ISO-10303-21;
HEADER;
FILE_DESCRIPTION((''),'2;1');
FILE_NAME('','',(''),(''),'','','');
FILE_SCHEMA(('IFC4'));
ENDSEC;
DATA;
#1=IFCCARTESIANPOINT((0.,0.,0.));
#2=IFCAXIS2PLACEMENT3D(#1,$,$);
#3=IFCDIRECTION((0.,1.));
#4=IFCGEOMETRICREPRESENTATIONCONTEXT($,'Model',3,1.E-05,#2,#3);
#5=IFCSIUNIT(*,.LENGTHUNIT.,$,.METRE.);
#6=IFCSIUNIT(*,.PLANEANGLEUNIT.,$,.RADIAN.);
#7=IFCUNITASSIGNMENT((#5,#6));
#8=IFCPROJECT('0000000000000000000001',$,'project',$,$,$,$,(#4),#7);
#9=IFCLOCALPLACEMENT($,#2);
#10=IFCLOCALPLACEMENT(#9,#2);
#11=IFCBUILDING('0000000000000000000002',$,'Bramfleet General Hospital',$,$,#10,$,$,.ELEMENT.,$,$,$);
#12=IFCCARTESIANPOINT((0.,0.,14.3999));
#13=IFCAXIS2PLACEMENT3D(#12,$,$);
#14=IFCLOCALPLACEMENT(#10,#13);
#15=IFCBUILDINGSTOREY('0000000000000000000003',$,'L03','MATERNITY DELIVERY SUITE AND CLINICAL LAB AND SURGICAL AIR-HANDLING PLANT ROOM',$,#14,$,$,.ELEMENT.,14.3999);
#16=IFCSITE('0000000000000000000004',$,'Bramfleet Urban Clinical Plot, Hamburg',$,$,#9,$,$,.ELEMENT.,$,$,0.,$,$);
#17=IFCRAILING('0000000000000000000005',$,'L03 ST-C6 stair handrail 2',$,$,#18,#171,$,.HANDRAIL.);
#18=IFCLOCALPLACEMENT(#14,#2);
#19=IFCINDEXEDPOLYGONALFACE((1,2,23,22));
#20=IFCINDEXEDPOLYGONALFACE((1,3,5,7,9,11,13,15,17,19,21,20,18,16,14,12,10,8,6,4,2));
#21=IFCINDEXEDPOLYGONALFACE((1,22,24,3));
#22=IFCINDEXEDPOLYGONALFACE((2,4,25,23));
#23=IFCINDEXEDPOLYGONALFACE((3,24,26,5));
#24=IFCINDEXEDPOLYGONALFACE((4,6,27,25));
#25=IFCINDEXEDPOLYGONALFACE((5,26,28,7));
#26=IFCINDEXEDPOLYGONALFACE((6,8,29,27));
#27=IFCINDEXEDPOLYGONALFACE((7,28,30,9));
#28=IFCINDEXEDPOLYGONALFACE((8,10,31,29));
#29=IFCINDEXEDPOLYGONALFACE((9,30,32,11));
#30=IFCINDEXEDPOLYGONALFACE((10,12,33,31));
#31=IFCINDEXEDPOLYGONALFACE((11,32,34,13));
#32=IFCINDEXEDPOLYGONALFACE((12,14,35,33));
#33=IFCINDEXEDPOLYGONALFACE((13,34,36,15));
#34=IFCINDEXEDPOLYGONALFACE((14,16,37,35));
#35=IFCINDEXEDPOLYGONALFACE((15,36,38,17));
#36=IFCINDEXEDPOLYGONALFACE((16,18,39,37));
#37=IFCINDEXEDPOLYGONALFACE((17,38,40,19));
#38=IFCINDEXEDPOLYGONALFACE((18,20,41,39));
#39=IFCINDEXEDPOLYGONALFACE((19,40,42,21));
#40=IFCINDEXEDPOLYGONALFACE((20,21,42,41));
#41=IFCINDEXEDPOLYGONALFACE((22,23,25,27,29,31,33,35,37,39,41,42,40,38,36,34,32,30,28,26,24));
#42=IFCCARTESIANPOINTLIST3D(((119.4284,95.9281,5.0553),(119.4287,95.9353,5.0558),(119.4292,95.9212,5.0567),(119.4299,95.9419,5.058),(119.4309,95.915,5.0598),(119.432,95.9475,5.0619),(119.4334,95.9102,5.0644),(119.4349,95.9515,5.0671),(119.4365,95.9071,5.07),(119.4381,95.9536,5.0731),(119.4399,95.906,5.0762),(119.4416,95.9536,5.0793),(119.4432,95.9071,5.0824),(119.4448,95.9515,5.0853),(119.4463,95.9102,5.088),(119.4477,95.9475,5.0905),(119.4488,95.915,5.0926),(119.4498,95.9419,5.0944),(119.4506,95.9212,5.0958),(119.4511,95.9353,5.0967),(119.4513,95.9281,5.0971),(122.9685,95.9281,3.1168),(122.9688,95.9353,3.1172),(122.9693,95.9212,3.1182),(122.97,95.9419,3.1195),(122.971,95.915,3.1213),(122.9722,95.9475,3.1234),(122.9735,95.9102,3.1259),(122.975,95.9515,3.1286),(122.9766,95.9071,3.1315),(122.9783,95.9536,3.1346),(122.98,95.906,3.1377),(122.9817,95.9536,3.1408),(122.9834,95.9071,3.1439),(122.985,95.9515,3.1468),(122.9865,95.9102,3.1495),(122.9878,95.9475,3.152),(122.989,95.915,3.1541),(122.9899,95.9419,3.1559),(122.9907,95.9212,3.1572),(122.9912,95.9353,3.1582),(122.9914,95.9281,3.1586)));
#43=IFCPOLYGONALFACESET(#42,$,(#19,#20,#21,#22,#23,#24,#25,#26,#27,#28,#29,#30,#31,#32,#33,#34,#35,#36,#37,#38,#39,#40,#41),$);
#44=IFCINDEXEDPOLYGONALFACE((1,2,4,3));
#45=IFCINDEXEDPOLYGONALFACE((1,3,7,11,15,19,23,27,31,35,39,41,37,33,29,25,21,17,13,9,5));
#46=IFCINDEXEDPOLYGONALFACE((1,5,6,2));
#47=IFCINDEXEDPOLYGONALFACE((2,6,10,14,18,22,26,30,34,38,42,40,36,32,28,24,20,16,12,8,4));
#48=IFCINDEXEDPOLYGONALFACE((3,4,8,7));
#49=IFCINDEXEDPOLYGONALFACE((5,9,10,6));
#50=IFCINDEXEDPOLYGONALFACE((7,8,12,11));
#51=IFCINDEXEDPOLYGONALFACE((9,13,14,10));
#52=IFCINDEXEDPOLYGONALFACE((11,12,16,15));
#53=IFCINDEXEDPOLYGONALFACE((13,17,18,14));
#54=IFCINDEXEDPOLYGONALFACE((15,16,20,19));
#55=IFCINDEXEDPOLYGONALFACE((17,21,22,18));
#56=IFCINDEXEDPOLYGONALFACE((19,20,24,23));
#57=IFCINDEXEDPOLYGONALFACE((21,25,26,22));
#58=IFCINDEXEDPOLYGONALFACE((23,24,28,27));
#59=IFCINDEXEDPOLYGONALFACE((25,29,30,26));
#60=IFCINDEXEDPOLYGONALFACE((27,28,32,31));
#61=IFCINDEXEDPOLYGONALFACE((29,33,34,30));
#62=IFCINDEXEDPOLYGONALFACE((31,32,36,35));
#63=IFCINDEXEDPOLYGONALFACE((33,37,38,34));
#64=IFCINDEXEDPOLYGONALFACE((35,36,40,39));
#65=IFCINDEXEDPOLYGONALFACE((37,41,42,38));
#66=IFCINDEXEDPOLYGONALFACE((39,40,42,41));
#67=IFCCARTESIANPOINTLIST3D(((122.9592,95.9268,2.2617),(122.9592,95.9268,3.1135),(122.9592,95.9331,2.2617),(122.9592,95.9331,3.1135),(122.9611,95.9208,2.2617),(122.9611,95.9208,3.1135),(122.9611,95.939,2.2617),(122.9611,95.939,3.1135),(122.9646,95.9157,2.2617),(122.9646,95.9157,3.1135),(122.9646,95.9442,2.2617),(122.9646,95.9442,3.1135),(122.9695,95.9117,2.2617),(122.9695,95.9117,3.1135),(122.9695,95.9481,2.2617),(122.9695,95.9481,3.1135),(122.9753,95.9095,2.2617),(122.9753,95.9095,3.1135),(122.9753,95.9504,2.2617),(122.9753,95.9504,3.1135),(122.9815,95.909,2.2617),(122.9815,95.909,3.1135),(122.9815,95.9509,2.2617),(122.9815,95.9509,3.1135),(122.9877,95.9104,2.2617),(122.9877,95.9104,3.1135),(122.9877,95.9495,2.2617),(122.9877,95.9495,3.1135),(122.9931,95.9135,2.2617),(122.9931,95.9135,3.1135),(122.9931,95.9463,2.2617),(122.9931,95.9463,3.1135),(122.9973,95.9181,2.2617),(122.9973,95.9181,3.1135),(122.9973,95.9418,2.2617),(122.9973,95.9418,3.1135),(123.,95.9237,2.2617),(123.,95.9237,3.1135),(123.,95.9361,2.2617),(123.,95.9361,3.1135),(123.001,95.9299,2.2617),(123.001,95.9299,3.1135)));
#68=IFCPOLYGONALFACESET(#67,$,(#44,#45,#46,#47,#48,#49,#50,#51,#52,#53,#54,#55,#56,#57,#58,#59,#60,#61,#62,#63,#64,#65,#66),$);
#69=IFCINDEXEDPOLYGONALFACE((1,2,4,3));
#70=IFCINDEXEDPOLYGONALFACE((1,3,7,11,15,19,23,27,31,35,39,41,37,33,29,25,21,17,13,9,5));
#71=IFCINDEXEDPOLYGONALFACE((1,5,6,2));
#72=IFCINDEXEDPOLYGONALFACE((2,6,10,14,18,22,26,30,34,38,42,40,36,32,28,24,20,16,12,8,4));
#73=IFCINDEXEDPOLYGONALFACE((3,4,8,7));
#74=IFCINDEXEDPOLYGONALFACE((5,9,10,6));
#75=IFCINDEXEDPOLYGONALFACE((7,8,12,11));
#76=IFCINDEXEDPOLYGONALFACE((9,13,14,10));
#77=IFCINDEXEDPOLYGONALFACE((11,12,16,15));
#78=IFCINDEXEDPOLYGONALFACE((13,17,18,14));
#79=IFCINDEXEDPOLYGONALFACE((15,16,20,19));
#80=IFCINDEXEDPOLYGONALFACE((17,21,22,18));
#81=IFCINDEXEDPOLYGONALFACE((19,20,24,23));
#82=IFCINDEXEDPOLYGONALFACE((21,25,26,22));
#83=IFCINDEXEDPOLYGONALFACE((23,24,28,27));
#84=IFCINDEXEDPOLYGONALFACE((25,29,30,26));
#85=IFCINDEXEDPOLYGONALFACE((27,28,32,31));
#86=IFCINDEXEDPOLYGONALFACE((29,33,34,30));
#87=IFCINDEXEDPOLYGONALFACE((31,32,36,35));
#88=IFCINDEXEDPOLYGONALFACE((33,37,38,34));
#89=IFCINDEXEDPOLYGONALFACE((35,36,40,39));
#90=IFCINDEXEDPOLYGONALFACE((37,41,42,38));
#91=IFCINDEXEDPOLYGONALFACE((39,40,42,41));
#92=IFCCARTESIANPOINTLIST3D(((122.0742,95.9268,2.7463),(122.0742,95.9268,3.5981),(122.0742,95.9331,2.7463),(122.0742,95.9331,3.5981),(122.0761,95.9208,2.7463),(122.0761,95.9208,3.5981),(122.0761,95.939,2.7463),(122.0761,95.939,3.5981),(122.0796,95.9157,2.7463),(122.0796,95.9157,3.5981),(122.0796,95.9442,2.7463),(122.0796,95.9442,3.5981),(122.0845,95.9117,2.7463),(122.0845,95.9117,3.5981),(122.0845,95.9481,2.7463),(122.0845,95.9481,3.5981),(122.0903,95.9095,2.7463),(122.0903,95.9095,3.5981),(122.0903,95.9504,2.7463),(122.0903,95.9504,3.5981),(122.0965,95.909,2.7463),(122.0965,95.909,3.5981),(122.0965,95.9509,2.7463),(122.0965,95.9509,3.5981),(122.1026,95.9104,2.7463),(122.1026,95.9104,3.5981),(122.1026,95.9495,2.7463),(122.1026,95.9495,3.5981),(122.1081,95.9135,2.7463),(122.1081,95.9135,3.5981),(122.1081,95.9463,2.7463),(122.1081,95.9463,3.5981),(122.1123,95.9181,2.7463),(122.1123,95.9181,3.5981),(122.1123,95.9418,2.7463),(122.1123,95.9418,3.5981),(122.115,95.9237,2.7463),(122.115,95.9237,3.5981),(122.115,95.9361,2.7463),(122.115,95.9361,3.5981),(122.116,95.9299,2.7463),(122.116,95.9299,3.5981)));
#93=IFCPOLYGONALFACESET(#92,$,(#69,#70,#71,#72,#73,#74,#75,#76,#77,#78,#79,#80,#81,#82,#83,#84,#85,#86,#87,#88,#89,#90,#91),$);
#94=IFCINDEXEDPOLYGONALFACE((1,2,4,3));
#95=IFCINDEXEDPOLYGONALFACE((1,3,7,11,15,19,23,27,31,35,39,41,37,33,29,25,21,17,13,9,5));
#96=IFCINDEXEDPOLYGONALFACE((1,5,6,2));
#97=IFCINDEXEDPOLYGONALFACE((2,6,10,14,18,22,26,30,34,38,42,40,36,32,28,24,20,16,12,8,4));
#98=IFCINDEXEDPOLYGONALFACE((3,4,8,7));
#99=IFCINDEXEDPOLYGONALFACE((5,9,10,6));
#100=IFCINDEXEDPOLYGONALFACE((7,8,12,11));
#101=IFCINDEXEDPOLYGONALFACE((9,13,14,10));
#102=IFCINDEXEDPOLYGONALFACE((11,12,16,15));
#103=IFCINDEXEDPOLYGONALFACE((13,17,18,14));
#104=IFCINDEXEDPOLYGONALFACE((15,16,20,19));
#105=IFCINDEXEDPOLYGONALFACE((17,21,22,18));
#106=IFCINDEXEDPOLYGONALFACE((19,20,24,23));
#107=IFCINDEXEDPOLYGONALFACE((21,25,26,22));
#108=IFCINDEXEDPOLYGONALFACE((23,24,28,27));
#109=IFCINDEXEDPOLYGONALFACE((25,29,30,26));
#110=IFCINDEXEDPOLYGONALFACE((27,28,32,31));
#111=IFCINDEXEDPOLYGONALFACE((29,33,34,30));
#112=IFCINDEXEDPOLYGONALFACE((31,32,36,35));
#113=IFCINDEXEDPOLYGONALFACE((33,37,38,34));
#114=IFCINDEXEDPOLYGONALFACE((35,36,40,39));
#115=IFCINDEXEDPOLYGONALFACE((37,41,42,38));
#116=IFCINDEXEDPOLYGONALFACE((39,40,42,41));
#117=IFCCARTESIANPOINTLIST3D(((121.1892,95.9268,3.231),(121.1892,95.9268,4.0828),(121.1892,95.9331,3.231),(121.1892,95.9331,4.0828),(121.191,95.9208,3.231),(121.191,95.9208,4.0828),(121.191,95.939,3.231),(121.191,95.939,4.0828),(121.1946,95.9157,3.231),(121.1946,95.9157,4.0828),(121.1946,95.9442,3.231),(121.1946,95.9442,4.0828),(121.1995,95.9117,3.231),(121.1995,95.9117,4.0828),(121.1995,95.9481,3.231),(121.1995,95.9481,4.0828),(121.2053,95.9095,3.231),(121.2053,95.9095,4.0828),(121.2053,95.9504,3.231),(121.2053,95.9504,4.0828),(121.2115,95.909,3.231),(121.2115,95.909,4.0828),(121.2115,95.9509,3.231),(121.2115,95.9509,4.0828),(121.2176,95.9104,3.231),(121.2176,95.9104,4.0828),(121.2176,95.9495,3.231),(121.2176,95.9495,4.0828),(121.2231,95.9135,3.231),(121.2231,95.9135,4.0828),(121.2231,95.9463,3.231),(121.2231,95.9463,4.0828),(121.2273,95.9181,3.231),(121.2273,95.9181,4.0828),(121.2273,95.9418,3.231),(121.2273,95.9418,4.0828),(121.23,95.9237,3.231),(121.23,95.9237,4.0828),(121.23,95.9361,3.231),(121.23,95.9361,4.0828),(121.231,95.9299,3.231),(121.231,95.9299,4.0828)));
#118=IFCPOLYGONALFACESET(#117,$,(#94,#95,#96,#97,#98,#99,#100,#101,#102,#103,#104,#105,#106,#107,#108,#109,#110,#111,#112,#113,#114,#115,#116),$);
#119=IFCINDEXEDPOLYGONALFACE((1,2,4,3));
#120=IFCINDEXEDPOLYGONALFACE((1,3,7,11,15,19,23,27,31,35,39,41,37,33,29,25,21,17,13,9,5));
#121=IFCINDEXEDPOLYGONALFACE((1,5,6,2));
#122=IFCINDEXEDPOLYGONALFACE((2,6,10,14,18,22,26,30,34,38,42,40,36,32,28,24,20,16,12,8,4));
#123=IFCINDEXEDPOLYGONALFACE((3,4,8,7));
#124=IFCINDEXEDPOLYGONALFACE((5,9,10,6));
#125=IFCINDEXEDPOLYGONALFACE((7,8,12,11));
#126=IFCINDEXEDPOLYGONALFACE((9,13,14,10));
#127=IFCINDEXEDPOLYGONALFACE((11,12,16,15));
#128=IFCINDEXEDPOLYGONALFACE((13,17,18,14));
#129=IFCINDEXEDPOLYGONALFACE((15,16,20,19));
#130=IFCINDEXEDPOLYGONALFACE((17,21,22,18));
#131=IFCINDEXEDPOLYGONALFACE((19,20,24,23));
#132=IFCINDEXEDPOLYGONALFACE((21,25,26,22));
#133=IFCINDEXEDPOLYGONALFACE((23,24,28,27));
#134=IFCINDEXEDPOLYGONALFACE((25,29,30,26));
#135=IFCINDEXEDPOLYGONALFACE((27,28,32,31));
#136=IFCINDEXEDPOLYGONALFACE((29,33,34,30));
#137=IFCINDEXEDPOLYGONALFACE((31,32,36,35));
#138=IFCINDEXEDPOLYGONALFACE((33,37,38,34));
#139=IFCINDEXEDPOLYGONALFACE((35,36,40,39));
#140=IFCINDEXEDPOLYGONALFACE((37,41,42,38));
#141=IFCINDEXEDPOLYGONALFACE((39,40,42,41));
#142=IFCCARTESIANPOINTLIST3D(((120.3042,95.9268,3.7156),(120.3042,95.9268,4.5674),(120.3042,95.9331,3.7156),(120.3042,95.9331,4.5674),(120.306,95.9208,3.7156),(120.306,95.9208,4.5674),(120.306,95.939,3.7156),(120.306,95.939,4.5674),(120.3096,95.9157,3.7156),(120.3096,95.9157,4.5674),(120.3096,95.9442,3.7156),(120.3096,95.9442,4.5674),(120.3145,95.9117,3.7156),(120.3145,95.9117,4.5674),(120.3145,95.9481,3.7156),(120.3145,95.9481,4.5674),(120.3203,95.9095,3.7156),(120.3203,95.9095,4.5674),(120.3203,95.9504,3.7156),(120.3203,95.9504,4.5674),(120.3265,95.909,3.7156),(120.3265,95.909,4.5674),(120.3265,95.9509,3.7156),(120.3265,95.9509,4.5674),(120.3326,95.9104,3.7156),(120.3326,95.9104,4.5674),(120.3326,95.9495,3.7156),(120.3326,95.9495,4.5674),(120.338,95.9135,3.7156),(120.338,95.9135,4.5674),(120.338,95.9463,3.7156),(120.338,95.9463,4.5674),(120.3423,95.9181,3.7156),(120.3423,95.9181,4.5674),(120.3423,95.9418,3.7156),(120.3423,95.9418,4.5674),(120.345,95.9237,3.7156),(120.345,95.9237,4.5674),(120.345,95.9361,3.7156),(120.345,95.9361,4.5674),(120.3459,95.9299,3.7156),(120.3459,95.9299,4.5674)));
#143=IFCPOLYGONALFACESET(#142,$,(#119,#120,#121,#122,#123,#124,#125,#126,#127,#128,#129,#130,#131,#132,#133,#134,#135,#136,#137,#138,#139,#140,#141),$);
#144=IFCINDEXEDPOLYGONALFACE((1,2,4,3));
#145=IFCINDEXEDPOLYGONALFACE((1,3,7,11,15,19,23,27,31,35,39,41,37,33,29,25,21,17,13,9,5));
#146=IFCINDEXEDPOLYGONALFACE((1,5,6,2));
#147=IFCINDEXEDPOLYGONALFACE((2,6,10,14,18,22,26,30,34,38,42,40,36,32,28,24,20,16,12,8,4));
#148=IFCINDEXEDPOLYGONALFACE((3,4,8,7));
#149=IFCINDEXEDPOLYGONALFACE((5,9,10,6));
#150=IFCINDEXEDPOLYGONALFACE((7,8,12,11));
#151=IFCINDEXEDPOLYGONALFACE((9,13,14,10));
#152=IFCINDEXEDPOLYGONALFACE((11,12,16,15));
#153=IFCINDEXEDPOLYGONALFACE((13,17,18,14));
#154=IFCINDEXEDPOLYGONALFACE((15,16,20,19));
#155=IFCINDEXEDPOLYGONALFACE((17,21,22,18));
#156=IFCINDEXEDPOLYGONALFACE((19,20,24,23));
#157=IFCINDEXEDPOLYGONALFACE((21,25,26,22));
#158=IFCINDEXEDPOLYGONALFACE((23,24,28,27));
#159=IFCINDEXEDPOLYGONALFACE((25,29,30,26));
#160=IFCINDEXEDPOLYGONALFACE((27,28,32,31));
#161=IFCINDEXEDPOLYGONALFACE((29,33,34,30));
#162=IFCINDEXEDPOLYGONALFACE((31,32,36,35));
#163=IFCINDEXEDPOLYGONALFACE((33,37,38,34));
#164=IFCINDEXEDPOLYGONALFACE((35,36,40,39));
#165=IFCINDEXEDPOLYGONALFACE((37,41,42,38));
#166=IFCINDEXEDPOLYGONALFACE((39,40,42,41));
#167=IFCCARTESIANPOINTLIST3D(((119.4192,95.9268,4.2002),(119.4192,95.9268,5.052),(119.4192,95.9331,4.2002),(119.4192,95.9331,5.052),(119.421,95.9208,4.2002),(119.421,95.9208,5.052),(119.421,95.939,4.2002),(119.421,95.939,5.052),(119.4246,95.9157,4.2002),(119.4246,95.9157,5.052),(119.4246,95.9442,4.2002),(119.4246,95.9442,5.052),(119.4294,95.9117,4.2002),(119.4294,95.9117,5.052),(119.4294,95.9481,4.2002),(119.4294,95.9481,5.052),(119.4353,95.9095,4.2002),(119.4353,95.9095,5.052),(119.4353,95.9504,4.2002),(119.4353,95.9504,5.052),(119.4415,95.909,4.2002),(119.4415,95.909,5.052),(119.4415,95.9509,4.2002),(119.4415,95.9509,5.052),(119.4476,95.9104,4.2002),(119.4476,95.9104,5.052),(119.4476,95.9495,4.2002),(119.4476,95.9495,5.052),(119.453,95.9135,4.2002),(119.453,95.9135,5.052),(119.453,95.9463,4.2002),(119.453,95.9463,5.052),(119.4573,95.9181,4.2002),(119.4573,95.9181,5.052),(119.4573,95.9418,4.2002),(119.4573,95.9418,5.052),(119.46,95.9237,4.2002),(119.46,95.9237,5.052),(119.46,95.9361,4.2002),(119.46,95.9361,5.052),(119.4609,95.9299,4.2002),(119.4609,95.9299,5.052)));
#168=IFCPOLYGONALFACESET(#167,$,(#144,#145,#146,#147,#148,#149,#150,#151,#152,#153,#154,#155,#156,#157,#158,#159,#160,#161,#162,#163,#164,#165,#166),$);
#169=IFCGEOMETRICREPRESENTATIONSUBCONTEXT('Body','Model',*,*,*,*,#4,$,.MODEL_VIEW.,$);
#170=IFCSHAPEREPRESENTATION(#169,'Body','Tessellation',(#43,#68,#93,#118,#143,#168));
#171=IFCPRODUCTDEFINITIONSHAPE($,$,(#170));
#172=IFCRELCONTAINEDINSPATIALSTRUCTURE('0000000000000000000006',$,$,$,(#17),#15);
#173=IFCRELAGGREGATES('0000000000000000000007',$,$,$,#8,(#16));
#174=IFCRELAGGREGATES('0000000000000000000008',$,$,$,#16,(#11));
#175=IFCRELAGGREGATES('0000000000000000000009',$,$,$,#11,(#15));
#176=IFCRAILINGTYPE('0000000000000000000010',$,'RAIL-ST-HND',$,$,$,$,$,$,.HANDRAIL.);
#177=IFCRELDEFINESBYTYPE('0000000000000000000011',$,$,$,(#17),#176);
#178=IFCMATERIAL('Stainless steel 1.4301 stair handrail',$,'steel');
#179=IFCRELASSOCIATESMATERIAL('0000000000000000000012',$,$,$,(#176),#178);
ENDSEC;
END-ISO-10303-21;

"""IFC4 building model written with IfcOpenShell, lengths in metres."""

from ifc_helpers import new_model, si_unit, direction, frame, origin, origin_2d, place, context, subcontext, project, spatial, circle, extrude, material, type_object, element, save


model = new_model("IFC4")

# Units and contexts
model_context = context("Model", 3, precision=1e-05, world=origin(), true_north=direction((0.0, 1.0)))
body_context = subcontext(model_context, "Body", "Model", "MODEL_VIEW")
ifc_project = project(units=[si_unit("LENGTHUNIT", "METRE"), si_unit("PLANEANGLEUNIT", "RADIAN")], contexts=[model_context])

# Site, building, storey
site_placement = place(None, origin())
site = spatial("IfcSite", under=ifc_project, at=site_placement, Name="Bramfleet Urban Clinical Plot, Hamburg", CompositionType="ELEMENT", RefElevation=0.0)
building_placement = place(site_placement, origin())
building = spatial("IfcBuilding", under=site, at=building_placement, Name="Bramfleet General Hospital", CompositionType="ELEMENT")
storey_placement = place(building_placement, frame((0.0, 0.0, 14.3999)))
storey = spatial("IfcBuildingStorey", under=building, at=storey_placement, Name="L03", Description="MATERNITY DELIVERY SUITE AND CLINICAL LAB AND SURGICAL AIR-HANDLING PLANT ROOM", CompositionType="ELEMENT", Elevation=14.3999)

# Railing
ifc_material_1 = material(Name="Stainless steel 1.4301 stair handrail", Category="steel")
railing_type_1 = type_object("IfcRailingType", Name="RAIL-ST-HND", PredefinedType="HANDRAIL", material=ifc_material_1)
railing_1_placement = place(storey_placement, frame((122.98, 95.9299, 2.2617)))
element("IfcRailing", 1, at=railing_1_placement, inside=storey, type_object=railing_type_1, Name="L03 ST-C6 stair handrail 2", PredefinedType="HANDRAIL", context=body_context, shape_type="SweptSolid", body=[
    extrude(circle(Radius=0.0239, at=origin_2d()), frame((0.0, 0.0, 0.876), z_axis=(-0.877108, 0.0, 0.480292), x_axis=(0.0, -1.0, 0.0)), (0.0, 0.0, 1.0), 4.0361),
    extrude(circle(Radius=0.021, at=origin_2d()), origin(), (0.0, 0.0, 1.0), 0.8518),
    extrude(circle(Radius=0.021, at=origin_2d()), frame((-0.885, 0.0, 0.4846)), (0.0, 0.0, 1.0), 0.8518),
    extrude(circle(Radius=0.021, at=origin_2d()), frame((-1.77, 0.0, 0.9692)), (0.0, 0.0, 1.0), 0.8518),
    extrude(circle(Radius=0.021, at=origin_2d()), frame((-2.655, 0.0, 1.4539)), (0.0, 0.0, 1.0), 0.8518),
    extrude(circle(Radius=0.021, at=origin_2d()), frame((-3.54, 0.0, 1.9385)), (0.0, 0.0, 1.0), 0.8518),
])

save(model, "model.ifc")
